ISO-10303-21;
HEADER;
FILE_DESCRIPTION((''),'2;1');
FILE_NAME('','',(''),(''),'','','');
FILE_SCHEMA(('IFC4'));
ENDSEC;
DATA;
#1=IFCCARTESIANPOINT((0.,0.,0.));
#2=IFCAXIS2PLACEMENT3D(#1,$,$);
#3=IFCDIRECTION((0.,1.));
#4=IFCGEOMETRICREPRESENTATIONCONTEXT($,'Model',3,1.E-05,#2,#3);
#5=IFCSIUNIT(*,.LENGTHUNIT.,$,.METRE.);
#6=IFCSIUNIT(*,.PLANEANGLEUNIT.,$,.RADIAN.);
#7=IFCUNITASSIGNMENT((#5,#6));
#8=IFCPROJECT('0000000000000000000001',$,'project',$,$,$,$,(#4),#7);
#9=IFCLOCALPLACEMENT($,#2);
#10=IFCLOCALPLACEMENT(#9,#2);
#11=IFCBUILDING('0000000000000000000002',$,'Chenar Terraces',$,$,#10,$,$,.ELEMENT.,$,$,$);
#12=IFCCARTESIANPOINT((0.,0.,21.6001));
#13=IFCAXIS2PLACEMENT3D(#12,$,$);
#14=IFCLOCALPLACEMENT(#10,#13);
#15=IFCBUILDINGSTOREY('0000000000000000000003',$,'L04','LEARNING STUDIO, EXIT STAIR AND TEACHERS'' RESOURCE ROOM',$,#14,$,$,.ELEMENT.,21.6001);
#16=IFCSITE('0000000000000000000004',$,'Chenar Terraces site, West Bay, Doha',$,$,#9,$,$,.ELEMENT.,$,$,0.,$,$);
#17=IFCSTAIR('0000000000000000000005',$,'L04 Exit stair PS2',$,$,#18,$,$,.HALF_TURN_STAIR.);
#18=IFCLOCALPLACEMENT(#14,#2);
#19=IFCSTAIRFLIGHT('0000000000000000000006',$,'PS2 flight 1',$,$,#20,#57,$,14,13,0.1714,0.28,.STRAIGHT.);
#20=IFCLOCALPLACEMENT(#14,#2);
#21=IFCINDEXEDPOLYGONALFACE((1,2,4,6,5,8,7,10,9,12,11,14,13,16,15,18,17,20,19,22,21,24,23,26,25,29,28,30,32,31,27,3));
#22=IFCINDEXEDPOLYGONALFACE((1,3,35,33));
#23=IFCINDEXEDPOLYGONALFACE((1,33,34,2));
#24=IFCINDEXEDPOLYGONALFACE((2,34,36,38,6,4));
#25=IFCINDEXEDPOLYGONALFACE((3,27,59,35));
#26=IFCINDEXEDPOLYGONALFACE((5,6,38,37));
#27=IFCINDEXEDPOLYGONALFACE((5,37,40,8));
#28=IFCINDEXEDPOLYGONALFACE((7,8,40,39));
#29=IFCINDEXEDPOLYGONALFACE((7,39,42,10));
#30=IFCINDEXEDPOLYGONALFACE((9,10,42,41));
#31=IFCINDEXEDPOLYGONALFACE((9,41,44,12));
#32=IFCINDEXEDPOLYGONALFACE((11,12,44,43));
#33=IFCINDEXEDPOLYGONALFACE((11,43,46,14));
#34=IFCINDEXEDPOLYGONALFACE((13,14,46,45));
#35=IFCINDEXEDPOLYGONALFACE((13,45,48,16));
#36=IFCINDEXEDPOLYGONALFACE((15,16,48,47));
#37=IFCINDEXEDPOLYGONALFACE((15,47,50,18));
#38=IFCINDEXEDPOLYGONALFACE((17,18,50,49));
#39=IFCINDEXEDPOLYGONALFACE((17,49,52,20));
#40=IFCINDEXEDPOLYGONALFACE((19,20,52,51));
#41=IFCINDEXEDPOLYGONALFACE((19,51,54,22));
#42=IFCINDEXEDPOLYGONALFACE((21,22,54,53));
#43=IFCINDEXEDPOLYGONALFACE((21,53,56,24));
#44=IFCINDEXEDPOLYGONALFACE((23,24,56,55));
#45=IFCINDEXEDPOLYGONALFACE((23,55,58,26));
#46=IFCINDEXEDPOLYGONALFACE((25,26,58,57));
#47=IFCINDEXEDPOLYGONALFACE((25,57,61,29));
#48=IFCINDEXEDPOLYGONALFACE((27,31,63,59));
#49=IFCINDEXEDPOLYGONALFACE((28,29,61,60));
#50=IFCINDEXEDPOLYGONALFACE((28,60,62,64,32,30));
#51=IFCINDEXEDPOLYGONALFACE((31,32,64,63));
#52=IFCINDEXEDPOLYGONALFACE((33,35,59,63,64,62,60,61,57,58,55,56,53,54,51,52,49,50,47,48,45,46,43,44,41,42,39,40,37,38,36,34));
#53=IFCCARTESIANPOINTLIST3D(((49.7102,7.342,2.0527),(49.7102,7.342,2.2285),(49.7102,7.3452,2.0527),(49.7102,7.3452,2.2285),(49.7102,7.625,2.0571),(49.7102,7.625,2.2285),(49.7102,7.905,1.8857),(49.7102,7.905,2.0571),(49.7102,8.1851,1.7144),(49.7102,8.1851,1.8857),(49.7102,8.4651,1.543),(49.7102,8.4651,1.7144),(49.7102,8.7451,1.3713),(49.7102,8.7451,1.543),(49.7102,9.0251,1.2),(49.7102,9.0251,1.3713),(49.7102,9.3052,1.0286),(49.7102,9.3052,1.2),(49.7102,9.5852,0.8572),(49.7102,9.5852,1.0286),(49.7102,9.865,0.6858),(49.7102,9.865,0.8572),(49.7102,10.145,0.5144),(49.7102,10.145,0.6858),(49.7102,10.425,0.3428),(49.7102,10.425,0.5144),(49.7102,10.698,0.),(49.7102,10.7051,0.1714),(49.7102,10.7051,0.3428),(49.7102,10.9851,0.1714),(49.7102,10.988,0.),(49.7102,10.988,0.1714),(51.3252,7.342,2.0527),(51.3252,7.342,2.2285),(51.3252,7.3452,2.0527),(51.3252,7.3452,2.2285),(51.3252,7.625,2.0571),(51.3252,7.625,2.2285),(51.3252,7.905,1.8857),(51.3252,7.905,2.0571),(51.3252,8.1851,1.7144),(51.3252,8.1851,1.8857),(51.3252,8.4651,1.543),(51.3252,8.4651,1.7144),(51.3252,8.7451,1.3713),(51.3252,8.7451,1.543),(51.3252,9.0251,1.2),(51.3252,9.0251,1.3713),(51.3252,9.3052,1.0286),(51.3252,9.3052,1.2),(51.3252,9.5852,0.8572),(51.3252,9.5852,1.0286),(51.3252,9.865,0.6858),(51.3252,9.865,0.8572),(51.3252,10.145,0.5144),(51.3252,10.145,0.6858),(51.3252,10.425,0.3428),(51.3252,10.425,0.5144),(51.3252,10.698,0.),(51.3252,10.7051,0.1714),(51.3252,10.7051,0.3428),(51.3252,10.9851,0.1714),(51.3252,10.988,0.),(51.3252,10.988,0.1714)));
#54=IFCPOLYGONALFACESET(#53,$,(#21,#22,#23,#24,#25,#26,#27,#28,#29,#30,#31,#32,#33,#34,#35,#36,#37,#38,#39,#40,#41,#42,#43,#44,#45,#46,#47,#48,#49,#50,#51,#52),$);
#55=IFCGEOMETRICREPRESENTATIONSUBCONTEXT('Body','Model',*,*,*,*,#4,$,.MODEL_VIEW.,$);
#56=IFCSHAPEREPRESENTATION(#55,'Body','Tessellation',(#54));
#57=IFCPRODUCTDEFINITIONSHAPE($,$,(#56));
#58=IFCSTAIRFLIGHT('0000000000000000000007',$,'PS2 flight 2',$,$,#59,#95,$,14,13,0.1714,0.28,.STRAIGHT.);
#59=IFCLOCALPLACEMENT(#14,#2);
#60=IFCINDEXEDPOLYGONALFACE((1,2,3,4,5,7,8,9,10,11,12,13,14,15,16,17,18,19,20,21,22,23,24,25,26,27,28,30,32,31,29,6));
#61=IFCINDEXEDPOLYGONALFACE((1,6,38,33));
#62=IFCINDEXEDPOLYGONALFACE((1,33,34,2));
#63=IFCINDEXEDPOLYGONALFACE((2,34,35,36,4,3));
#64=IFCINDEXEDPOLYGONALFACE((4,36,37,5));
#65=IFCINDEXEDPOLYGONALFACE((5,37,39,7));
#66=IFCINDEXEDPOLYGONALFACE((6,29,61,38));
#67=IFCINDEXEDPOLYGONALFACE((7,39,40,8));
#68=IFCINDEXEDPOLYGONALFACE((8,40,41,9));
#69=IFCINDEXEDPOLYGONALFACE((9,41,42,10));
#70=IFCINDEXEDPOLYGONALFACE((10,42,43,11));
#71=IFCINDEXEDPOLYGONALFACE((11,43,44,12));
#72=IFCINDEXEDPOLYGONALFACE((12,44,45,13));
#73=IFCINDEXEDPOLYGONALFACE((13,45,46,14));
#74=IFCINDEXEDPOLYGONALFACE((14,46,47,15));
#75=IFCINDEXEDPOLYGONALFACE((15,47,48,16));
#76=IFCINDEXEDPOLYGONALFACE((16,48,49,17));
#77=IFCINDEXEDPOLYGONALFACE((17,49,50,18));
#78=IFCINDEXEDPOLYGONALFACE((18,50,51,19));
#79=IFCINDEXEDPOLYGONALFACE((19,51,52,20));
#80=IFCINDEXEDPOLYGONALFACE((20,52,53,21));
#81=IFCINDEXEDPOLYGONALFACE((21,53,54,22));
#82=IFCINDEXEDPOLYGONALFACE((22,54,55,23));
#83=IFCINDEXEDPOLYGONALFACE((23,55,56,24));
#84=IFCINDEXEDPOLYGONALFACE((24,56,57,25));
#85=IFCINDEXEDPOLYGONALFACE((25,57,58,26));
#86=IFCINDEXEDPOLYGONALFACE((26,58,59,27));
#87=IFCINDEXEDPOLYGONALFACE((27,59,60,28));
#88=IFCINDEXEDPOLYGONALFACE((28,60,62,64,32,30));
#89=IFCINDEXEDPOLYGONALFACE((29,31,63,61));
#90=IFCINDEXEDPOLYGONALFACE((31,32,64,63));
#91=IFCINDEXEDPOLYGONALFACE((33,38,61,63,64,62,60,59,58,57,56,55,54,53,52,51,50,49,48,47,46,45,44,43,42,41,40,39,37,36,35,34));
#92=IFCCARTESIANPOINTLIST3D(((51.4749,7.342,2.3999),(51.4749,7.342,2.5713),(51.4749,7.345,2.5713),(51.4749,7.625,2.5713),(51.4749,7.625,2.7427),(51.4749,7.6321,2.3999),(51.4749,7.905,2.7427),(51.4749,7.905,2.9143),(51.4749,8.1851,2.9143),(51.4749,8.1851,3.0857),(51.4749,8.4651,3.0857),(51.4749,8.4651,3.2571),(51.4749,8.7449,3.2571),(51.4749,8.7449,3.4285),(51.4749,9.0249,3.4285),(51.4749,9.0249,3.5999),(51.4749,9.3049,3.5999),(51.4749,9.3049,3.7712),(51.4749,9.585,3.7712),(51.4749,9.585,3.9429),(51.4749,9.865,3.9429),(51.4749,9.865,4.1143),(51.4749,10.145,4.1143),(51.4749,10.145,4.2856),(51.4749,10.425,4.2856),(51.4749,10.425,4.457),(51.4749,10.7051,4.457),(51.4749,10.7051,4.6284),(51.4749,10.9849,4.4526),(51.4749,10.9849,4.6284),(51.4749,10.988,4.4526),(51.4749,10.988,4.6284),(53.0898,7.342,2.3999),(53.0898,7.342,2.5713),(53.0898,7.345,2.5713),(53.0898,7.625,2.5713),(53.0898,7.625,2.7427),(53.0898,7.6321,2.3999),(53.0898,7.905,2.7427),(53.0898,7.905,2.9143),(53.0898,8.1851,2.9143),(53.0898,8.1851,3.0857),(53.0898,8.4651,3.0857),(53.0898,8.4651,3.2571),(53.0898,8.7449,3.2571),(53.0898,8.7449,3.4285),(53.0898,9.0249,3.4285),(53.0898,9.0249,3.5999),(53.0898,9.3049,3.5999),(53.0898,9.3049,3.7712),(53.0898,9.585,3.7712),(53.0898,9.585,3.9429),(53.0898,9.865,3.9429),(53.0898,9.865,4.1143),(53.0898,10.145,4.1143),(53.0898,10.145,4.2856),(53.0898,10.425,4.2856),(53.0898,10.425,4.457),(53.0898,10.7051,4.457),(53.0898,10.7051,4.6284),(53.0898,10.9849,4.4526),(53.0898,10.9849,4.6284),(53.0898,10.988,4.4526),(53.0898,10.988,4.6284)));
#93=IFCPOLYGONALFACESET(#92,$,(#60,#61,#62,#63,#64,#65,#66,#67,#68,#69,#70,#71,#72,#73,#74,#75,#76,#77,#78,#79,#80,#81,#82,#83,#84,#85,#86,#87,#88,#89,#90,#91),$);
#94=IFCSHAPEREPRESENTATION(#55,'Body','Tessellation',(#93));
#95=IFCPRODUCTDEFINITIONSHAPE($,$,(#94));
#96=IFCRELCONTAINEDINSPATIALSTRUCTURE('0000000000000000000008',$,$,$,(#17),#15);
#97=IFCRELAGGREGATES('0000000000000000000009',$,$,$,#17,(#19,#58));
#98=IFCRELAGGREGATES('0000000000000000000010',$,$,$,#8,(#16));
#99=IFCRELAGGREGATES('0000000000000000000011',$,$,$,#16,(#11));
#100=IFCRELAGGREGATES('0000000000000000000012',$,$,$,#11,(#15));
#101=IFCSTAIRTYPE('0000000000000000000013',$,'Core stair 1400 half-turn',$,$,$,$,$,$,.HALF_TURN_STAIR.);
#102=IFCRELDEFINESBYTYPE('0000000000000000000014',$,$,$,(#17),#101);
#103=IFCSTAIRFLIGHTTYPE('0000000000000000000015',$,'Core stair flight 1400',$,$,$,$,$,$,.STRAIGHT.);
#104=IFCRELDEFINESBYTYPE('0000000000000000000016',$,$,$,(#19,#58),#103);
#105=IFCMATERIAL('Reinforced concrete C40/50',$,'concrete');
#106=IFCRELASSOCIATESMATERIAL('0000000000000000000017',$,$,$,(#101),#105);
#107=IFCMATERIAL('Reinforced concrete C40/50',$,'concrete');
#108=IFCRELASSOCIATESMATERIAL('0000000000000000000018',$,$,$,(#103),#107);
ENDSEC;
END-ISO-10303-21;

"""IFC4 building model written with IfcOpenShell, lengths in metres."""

from ifc_helpers import new_model, si_unit, direction, frame, origin, place, context, subcontext, project, spatial, polyline, outline, extrude, material, type_object, element, aggregate, save


model = new_model("IFC4")

# Units and contexts
model_context = context("Model", 3, precision=1e-05, world=origin(), true_north=direction((0.0, 1.0)))
body_context = subcontext(model_context, "Body", "Model", "MODEL_VIEW")
ifc_project = project(units=[si_unit("LENGTHUNIT", "METRE"), si_unit("PLANEANGLEUNIT", "RADIAN")], contexts=[model_context])

# Site, building, storey
site_placement = place(None, origin())
site = spatial("IfcSite", under=ifc_project, at=site_placement, Name="Chenar Terraces site, West Bay, Doha", CompositionType="ELEMENT", RefElevation=0.0)
building_placement = place(site_placement, origin())
building = spatial("IfcBuilding", under=site, at=building_placement, Name="Chenar Terraces", CompositionType="ELEMENT")
storey_placement = place(building_placement, frame((0.0, 0.0, 21.6001)))
storey = spatial("IfcBuildingStorey", under=building, at=storey_placement, Name="L04", Description="LEARNING STUDIO, EXIT STAIR AND TEACHERS' RESOURCE ROOM", CompositionType="ELEMENT", Elevation=21.6001)

# Stair, stair flights
ifc_material_1 = material(Name="Reinforced concrete C40/50", Category="concrete")
stair_type = type_object("IfcStairType", Name="Core stair 1400 half-turn", PredefinedType="HALF_TURN_STAIR", material=ifc_material_1)
stair_placement = place(storey_placement, origin())
stair = element("IfcStair", 1, at=stair_placement, inside=storey, type_object=stair_type, Name="L04 Exit stair PS2", PredefinedType="HALF_TURN_STAIR")
ifc_material_2 = material(Name="Reinforced concrete C40/50", Category="concrete")
stair_flight_type = type_object("IfcStairFlightType", Name="Core stair flight 1400", PredefinedType="STRAIGHT", material=ifc_material_2)
stair_flight_1_placement = place(storey_placement, frame((50.5176, 10.9851, 0.0), z_axis=(0.0, 0.0, 1.0), x_axis=(0.0, -1.0, 0.0)))
stair_flight_1 = element("IfcStairFlight", 2, at=stair_flight_1_placement, type_object=stair_flight_type, Name="PS2 flight 1", NumberOfRisers=14, NumberOfTreads=13, PredefinedType="STRAIGHT", RiserHeight=0.1714, TreadLength=0.28, context=body_context, shape_type="SweptSolid", body=[
    extrude(outline(polyline([(-0.0029, 0.0), (-0.0029, 0.1714), (0.0, 0.1714), (0.28, 0.1714), (0.28, 0.3428), (0.5601, 0.3428), (0.5601, 0.5144), (0.8401, 0.5144), (0.8401, 0.6858), (1.1201, 0.6858), (1.1201, 0.8572), (1.3999, 0.8572), (1.3999, 1.0286), (1.6799, 1.0286), (1.6799, 1.2), (1.96, 1.2), (1.96, 1.3713), (2.24, 1.3713), (2.24, 1.543), (2.52, 1.543), (2.52, 1.7144), (2.8, 1.7144), (2.8, 1.8857), (3.0801, 1.8857), (3.0801, 2.0571), (3.3601, 2.0571), (3.3601, 2.2285), (3.6399, 2.2285), (3.6431, 2.2285), (3.6431, 2.0527), (3.6399, 2.0527), (0.2871, 0.0), (-0.0029, 0.0)])), frame((0.0, 0.8076, 0.0), z_axis=(0.0, -1.0, 0.0), x_axis=(1.0, 0.0, 0.0)), (0.0, 0.0, 1.0), 1.615),
])
stair_flight_2_placement = place(storey_placement, frame((52.2825, 7.345, 2.3999), z_axis=(0.0, 0.0, 1.0), x_axis=(0.0, 1.0, 0.0)))
stair_flight_2 = element("IfcStairFlight", 3, at=stair_flight_2_placement, type_object=stair_flight_type, Name="PS2 flight 2", NumberOfRisers=14, NumberOfTreads=13, PredefinedType="STRAIGHT", RiserHeight=0.1714, TreadLength=0.28, context=body_context, shape_type="SweptSolid", body=[
    extrude(outline(polyline([(-0.0029, 0.0), (-0.0029, 0.1714), (0.0, 0.1714), (0.28, 0.1714), (0.28, 0.3428), (0.5601, 0.3428), (0.5601, 0.5144), (0.8401, 0.5144), (0.8401, 0.6858), (1.1201, 0.6858), (1.1201, 0.8572), (1.3999, 0.8572), (1.3999, 1.0286), (1.6799, 1.0286), (1.6799, 1.2), (1.96, 1.2), (1.96, 1.3713), (2.24, 1.3713), (2.24, 1.543), (2.52, 1.543), (2.52, 1.7144), (2.8, 1.7144), (2.8, 1.8857), (3.0801, 1.8857), (3.0801, 2.0571), (3.3601, 2.0571), (3.3601, 2.2285), (3.6399, 2.2285), (3.6431, 2.2285), (3.6431, 2.0527), (3.6399, 2.0527), (0.2871, 0.0), (-0.0029, 0.0)])), frame((0.0, 0.8076, 0.0), z_axis=(0.0, -1.0, 0.0), x_axis=(1.0, 0.0, 0.0)), (0.0, 0.0, 1.0), 1.615),
])
aggregate(stair, [stair_flight_1, stair_flight_2])

save(model, "model.ifc")
